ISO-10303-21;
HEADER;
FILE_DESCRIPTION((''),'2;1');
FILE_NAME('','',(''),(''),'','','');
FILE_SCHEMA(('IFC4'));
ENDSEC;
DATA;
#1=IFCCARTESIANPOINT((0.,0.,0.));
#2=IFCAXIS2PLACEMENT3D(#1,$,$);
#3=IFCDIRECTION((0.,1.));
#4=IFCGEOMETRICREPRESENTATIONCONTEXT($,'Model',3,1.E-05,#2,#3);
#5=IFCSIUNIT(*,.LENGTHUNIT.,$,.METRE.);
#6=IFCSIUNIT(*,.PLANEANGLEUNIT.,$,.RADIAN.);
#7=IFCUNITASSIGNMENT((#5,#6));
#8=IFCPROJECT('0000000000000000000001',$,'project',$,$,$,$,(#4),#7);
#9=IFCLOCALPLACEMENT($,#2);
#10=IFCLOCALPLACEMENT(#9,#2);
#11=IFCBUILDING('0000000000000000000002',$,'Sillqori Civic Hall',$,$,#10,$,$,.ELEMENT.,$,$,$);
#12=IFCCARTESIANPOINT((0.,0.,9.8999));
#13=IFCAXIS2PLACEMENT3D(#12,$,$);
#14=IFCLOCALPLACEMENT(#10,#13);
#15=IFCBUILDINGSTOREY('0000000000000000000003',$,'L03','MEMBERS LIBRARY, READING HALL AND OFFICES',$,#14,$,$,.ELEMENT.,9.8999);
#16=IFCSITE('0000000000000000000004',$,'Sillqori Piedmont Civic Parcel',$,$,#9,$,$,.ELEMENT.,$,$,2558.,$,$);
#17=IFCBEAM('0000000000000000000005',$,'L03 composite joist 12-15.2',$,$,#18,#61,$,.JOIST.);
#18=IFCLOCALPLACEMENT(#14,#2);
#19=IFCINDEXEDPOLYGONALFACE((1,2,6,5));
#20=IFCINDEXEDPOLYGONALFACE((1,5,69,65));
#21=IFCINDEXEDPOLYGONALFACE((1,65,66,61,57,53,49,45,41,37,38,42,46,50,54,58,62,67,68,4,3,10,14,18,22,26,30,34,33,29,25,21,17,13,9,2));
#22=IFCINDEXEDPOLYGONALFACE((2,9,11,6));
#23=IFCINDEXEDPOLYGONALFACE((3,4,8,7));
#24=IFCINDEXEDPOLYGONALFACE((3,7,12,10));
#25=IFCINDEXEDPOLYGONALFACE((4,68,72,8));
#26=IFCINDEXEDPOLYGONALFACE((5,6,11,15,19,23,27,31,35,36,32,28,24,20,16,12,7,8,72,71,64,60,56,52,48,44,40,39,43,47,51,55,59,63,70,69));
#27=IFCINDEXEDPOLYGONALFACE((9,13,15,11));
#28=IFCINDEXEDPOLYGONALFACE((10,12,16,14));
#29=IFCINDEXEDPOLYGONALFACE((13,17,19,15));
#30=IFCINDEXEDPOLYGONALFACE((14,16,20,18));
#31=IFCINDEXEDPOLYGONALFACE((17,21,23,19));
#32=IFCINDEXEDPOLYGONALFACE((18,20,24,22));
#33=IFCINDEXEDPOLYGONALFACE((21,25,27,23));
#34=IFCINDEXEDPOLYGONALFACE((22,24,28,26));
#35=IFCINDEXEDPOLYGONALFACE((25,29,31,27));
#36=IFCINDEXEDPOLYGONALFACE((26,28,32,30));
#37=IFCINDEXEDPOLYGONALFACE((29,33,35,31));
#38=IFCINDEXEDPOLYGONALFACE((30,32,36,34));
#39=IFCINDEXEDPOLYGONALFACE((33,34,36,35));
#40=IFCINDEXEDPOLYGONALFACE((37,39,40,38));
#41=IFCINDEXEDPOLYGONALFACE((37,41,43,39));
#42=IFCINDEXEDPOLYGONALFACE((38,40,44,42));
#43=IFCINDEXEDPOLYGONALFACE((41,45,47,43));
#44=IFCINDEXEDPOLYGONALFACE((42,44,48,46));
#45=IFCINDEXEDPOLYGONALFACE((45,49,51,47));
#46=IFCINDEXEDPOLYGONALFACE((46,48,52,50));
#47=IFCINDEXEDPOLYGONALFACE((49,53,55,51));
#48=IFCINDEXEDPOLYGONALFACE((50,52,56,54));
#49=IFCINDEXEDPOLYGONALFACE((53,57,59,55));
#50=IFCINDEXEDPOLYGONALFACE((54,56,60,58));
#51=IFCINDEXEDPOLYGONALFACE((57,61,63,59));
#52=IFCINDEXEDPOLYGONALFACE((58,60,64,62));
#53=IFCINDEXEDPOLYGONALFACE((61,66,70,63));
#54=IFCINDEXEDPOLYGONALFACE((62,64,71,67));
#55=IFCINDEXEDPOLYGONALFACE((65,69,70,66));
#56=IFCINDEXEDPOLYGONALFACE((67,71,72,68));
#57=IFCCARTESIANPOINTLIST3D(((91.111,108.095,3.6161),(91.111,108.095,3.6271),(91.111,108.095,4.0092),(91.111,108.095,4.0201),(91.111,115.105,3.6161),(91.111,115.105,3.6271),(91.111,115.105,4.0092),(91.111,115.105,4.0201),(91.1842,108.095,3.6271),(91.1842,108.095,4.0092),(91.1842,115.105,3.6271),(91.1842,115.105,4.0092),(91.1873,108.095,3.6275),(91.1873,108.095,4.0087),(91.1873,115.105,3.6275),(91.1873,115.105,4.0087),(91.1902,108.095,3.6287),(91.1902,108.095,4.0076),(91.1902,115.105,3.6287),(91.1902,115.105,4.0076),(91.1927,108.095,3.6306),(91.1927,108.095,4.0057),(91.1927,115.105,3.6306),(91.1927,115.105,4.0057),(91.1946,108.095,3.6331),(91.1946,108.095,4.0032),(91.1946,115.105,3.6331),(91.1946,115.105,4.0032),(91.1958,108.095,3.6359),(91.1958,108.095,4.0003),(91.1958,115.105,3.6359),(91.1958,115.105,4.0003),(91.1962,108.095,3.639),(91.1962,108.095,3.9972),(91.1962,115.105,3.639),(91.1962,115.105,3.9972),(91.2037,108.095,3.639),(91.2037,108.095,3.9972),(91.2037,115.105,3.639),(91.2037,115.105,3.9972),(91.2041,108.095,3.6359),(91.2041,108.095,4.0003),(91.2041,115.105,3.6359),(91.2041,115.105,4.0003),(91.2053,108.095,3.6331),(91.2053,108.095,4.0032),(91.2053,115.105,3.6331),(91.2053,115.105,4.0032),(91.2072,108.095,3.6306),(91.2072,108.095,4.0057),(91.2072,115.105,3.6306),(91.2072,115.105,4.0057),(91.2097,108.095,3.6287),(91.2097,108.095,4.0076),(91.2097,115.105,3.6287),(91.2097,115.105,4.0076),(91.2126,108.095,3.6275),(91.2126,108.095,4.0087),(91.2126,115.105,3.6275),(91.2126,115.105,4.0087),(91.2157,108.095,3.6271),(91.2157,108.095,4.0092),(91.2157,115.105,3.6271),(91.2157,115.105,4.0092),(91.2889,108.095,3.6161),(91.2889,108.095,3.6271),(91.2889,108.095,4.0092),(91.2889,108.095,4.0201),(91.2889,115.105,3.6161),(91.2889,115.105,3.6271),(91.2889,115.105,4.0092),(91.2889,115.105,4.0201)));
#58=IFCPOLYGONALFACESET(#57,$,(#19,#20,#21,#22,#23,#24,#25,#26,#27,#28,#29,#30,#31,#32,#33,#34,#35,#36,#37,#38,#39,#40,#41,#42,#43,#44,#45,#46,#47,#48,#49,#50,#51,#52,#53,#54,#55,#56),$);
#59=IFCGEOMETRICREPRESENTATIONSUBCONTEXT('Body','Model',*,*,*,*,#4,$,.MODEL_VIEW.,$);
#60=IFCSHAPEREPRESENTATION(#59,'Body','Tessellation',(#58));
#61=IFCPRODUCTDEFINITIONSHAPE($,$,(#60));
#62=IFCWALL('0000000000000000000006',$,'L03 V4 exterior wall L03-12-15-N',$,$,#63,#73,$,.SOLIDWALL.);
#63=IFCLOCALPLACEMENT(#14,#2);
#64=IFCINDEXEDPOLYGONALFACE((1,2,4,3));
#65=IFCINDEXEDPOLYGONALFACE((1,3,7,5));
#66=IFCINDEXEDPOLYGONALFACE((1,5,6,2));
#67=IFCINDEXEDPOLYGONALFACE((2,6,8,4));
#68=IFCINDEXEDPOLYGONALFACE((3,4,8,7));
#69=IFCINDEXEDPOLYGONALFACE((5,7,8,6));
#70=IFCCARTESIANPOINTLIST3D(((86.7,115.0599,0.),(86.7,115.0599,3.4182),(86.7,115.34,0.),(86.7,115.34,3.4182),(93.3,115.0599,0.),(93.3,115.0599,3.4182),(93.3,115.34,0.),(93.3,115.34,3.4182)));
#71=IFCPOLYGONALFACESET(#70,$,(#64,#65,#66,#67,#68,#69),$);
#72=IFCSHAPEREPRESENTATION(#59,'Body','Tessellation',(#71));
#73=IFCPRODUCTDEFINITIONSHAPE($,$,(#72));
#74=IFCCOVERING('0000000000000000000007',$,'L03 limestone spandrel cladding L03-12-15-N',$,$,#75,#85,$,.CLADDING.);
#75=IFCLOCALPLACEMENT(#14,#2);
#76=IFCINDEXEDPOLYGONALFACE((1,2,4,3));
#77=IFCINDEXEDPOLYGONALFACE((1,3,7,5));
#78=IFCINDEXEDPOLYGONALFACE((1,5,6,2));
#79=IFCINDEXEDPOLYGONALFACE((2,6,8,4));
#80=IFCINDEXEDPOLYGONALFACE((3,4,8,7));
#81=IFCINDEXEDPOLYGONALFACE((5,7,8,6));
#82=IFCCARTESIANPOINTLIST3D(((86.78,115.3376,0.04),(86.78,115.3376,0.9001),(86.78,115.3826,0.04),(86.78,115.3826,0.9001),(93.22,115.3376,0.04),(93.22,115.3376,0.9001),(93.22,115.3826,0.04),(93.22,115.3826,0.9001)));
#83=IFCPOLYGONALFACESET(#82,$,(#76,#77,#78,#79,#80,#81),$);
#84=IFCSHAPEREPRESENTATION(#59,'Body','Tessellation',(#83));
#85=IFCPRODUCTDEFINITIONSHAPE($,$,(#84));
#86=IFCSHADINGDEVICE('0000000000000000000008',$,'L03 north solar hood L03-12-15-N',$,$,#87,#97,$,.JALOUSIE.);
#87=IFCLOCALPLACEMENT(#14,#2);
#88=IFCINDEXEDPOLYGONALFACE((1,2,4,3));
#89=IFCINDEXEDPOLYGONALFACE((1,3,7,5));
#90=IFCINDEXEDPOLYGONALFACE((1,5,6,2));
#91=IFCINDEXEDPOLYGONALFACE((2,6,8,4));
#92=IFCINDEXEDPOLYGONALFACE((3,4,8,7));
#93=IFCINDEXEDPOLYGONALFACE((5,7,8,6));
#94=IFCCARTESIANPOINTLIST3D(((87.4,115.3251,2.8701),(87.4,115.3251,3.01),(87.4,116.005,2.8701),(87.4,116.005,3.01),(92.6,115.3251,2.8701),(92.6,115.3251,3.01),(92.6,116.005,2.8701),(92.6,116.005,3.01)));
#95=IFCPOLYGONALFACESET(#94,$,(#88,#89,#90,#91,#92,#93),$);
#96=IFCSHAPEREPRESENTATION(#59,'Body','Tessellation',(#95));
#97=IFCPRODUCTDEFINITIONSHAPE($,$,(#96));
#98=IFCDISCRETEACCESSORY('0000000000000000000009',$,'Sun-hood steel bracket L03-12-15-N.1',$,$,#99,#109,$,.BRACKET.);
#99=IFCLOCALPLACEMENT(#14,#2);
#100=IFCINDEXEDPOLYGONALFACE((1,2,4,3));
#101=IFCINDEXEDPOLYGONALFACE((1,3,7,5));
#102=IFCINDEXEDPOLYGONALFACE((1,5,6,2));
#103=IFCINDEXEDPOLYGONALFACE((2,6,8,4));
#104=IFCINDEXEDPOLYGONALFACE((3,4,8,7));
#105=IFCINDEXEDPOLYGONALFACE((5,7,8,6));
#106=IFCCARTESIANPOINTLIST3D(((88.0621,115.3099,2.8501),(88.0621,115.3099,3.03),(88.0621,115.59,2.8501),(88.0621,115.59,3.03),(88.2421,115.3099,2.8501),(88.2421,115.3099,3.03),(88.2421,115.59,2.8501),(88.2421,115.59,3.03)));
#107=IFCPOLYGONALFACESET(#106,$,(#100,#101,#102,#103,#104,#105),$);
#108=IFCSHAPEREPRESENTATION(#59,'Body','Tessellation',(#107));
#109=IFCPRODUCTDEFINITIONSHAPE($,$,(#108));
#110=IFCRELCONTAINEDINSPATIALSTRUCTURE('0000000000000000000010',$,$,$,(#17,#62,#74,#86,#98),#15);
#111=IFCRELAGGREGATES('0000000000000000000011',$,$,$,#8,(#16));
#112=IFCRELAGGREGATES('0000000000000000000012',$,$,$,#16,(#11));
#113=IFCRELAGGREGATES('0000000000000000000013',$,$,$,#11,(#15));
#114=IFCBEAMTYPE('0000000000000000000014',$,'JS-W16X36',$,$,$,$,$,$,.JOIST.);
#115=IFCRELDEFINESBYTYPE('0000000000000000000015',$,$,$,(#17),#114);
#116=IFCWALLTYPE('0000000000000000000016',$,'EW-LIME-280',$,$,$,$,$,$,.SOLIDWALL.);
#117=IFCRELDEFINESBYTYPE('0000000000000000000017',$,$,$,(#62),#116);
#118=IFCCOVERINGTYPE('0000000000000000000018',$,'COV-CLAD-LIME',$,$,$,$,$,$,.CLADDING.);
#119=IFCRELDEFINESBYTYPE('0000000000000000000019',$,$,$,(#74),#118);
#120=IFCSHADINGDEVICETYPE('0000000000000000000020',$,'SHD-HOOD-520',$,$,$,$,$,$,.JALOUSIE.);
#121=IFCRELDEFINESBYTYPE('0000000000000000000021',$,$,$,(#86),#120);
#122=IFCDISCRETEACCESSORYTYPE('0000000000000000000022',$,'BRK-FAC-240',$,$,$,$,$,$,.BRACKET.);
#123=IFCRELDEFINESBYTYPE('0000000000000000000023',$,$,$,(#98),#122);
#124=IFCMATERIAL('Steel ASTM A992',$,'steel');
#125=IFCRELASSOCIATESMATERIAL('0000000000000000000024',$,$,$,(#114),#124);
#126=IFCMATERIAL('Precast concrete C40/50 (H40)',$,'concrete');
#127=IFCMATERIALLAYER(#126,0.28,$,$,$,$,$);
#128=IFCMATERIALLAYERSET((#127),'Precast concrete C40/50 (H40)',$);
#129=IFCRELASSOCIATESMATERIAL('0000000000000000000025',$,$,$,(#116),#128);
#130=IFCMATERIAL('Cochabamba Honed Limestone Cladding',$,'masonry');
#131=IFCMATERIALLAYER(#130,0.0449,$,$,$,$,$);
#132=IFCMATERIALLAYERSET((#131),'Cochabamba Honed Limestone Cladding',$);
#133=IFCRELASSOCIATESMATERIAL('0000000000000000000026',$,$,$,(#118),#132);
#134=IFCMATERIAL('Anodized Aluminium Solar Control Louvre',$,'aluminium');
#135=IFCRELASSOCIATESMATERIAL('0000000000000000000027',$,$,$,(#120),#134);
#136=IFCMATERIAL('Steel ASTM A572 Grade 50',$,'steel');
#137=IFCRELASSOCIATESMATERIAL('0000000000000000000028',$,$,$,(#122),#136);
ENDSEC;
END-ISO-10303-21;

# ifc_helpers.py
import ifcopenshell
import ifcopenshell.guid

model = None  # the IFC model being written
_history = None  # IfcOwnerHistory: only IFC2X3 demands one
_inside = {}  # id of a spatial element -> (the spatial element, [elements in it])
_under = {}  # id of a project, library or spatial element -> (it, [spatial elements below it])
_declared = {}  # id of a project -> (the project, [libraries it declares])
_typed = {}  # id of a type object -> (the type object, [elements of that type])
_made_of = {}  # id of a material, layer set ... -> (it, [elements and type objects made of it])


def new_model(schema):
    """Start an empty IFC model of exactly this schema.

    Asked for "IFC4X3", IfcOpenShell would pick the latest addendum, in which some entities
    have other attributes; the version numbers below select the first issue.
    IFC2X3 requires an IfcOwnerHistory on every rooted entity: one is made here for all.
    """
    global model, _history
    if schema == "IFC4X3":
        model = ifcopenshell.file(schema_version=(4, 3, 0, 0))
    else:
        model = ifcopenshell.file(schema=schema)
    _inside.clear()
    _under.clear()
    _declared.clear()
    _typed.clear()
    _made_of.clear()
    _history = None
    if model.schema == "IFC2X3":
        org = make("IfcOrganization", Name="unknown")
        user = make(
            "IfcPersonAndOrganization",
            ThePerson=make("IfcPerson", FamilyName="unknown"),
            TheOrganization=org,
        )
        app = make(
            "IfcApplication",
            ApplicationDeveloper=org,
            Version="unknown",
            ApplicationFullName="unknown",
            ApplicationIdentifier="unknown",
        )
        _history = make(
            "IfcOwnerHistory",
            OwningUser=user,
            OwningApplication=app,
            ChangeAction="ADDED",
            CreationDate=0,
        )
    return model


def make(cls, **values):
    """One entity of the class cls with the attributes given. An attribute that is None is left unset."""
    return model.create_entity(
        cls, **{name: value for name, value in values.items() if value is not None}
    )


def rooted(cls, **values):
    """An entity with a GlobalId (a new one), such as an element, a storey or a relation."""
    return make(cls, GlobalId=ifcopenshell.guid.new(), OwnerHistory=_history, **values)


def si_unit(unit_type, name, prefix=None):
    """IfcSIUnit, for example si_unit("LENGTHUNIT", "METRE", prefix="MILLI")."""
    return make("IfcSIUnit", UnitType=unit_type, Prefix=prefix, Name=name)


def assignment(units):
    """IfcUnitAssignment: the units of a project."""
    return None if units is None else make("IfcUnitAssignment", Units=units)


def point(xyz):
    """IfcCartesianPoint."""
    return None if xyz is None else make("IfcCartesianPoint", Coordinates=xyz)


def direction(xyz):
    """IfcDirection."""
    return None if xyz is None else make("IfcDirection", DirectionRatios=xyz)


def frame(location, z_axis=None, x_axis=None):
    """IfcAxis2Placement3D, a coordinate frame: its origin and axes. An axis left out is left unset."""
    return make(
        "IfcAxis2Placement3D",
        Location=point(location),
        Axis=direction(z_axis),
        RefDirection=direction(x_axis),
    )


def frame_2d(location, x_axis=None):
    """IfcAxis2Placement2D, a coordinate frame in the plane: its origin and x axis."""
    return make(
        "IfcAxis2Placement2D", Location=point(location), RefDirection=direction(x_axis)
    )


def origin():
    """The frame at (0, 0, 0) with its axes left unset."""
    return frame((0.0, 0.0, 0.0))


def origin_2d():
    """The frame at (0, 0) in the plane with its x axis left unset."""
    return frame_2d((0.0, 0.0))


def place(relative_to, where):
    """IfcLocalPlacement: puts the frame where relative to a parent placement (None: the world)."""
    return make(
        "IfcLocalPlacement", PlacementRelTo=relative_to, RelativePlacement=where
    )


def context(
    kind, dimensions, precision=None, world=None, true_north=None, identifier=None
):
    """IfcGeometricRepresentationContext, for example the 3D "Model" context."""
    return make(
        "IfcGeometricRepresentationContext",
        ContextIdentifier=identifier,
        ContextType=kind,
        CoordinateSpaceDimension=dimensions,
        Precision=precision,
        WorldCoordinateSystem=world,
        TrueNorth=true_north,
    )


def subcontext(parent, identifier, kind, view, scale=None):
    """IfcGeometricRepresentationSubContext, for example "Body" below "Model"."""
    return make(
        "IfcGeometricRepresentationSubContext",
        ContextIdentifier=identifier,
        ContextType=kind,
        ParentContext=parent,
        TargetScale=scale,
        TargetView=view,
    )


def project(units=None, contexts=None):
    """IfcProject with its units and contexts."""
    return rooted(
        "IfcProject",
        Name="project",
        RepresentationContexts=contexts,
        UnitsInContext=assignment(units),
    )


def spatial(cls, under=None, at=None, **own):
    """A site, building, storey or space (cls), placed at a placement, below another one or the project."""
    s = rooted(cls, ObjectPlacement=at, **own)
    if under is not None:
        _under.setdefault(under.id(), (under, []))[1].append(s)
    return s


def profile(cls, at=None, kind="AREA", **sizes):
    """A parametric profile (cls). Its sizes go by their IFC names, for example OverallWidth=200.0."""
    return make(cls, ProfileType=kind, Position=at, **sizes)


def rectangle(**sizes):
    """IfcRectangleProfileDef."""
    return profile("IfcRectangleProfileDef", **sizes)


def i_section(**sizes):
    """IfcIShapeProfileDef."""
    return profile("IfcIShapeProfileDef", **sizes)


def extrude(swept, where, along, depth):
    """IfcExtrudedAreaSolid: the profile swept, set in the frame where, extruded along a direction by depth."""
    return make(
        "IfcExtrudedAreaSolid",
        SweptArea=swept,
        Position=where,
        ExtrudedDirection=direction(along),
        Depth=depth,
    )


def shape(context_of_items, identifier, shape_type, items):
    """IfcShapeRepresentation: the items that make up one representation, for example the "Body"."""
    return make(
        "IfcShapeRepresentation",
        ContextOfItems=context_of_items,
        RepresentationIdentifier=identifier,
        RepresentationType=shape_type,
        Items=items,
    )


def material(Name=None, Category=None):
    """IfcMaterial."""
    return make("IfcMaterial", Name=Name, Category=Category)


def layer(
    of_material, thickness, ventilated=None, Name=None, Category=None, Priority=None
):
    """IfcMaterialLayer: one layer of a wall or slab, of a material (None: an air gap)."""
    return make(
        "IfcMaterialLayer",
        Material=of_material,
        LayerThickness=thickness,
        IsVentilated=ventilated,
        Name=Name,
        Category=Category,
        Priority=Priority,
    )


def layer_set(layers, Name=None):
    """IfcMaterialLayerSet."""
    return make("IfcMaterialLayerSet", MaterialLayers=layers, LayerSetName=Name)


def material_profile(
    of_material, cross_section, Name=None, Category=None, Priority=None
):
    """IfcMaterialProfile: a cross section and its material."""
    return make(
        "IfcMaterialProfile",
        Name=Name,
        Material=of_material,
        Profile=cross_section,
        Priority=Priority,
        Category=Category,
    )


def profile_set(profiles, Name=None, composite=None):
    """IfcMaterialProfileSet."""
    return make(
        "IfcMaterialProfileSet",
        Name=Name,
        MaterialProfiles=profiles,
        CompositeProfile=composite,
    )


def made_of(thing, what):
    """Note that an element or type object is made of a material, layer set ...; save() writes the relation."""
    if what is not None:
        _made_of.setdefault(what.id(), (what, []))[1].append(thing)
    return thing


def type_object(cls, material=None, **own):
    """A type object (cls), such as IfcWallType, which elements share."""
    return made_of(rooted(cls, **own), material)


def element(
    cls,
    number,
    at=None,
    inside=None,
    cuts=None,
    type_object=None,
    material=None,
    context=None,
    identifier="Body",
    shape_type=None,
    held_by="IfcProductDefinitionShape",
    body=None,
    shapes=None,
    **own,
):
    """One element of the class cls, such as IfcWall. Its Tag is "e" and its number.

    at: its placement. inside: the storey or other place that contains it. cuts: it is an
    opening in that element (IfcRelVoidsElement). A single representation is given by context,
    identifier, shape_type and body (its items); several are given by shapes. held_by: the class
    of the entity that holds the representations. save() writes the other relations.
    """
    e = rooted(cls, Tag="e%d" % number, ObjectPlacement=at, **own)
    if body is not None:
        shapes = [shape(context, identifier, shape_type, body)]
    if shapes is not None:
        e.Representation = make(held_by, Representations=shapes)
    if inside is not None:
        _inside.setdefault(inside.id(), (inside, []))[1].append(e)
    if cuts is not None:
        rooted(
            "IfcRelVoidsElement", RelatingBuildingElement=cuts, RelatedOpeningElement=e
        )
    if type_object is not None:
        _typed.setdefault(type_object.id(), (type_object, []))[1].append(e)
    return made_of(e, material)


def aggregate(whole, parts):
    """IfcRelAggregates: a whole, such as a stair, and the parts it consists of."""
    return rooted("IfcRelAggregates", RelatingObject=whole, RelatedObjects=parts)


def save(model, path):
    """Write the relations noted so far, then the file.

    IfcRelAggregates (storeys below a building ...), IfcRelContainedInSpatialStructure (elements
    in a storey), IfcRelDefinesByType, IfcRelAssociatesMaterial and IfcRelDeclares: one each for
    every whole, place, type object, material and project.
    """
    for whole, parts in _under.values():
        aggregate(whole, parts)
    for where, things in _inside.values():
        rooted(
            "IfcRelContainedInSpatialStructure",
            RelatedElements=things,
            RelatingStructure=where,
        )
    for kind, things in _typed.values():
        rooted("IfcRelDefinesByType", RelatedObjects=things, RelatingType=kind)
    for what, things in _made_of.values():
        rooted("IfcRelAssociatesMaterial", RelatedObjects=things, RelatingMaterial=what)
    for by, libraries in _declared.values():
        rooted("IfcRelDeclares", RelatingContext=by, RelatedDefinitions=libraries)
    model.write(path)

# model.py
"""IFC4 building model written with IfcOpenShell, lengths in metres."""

from ifc_helpers import new_model, si_unit, direction, frame, frame_2d, origin, origin_2d, place, context, subcontext, project, spatial, rectangle, i_section, extrude, material, layer, layer_set, material_profile, profile_set, type_object, element, save


model = new_model("IFC4")

# Units and contexts
model_context = context("Model", 3, precision=1e-05, world=origin(), true_north=direction((0.0, 1.0)))
body_context = subcontext(model_context, "Body", "Model", "MODEL_VIEW")
ifc_project = project(units=[si_unit("LENGTHUNIT", "METRE"), si_unit("PLANEANGLEUNIT", "RADIAN")], contexts=[model_context])

# Site, building, storey
site_placement = place(None, origin())
site = spatial("IfcSite", under=ifc_project, at=site_placement, Name="Sillqori Piedmont Civic Parcel", CompositionType="ELEMENT", RefElevation=2558.0)
building_placement = place(site_placement, origin())
building = spatial("IfcBuilding", under=site, at=building_placement, Name="Sillqori Civic Hall", CompositionType="ELEMENT")
storey_placement = place(building_placement, frame((0.0, 0.0, 9.8999)))
storey = spatial("IfcBuildingStorey", under=building, at=storey_placement, Name="L03", Description="MEMBERS LIBRARY, READING HALL AND OFFICES", CompositionType="ELEMENT", Elevation=9.8999)

# Beam
ifc_material_1 = material(Name="Steel ASTM A992", Category="steel")
ifc_material_profile_1 = material_profile(ifc_material_1, i_section(OverallWidth=0.178, OverallDepth=0.4041, WebThickness=0.0076, FlangeThickness=0.011, FilletRadius=0.012, at=origin_2d()), Name="W16X36")
ifc_profile_set_1 = profile_set([ifc_material_profile_1], Name="Steel ASTM A992")
beam_type_1 = type_object("IfcBeamType", Name="JS-W16X36", PredefinedType="JOIST", material=ifc_profile_set_1)
for number, where, z_axis, x_axis, name in (
    (1, (91.2, 108.095, 3.8181), (0.0, 1.0, 0.0), (-1.0, 0.0, 0.0), "L03 composite joist 12-15.2"),
):
    element("IfcBeam", number, at=place(storey_placement, frame(where, z_axis=z_axis, x_axis=x_axis)), inside=storey, type_object=beam_type_1, Name=name, PredefinedType="JOIST", context=body_context, shape_type="SweptSolid", body=[
        extrude(i_section(OverallWidth=0.178, OverallDepth=0.4041, WebThickness=0.0076, FlangeThickness=0.011, FilletRadius=0.012, at=origin_2d()), origin(), (0.0, 0.0, 1.0), 7.01),
    ])

# Wall
ifc_material_2 = material(Name="Precast concrete C40/50 (H40)", Category="concrete")
ifc_layer_1 = layer(ifc_material_2, 0.28)
ifc_layer_set_1 = layer_set([ifc_layer_1], Name="Precast concrete C40/50 (H40)")
wall_type = type_object("IfcWallType", Name="EW-LIME-280", PredefinedType="SOLIDWALL", material=ifc_layer_set_1)
wall_placement = place(storey_placement, frame((86.7, 115.2, 0.0), z_axis=(0.0, 0.0, 1.0), x_axis=(1.0, 0.0, 0.0)))
element("IfcWall", 2, at=wall_placement, inside=storey, type_object=wall_type, Name="L03 V4 exterior wall L03-12-15-N", PredefinedType="SOLIDWALL", context=body_context, shape_type="SweptSolid", body=[
    extrude(rectangle(XDim=6.6001, YDim=0.28, at=frame_2d((3.3, 0.0))), origin(), (0.0, 0.0, 1.0), 3.4182),
])

# Covering
ifc_material_3 = material(Name="Cochabamba Honed Limestone Cladding", Category="masonry")
ifc_layer_2 = layer(ifc_material_3, 0.0449)
ifc_layer_set_2 = layer_set([ifc_layer_2], Name="Cochabamba Honed Limestone Cladding")
covering_type = type_object("IfcCoveringType", Name="COV-CLAD-LIME", PredefinedType="CLADDING", material=ifc_layer_set_2)
covering_placement = place(storey_placement, frame((86.78, 115.3601, 0.04), z_axis=(0.0, 0.0, 1.0), x_axis=(1.0, 0.0, 0.0)))
element("IfcCovering", 3, at=covering_placement, inside=storey, type_object=covering_type, Name="L03 limestone spandrel cladding L03-12-15-N", PredefinedType="CLADDING", context=body_context, shape_type="SweptSolid", body=[
    extrude(rectangle(XDim=6.4399, YDim=0.0449, at=frame_2d((3.22, 0.0))), origin(), (0.0, 0.0, 1.0), 0.8601),
])

# Shading device
ifc_material_4 = material(Name="Anodized Aluminium Solar Control Louvre", Category="aluminium")
shading_device_type = type_object("IfcShadingDeviceType", Name="SHD-HOOD-520", PredefinedType="JALOUSIE", material=ifc_material_4)
shading_device_placement = place(storey_placement, frame((90.0, 115.665, 2.8701), z_axis=(0.0, 0.0, 1.0), x_axis=(1.0, 0.0, 0.0)))
element("IfcShadingDevice", 4, at=shading_device_placement, inside=storey, type_object=shading_device_type, Name="L03 north solar hood L03-12-15-N", PredefinedType="JALOUSIE", context=body_context, shape_type="SweptSolid", body=[
    extrude(rectangle(XDim=5.2, YDim=0.6799, at=origin_2d()), origin(), (0.0, 0.0, 1.0), 0.1399),
])

# Discrete accessory
ifc_material_5 = material(Name="Steel ASTM A572 Grade 50", Category="steel")
discrete_accessory_type = type_object("IfcDiscreteAccessoryType", Name="BRK-FAC-240", PredefinedType="BRACKET", material=ifc_material_5)
discrete_accessory_placement = place(storey_placement, frame((88.1521, 115.45, 2.8501), z_axis=(0.0, 0.0, 1.0), x_axis=(1.0, 0.0, 0.0)))
element("IfcDiscreteAccessory", 5, at=discrete_accessory_placement, inside=storey, type_object=discrete_accessory_type, Name="Sun-hood steel bracket L03-12-15-N.1", PredefinedType="BRACKET", context=body_context, shape_type="SweptSolid", body=[
    extrude(rectangle(XDim=0.1799, YDim=0.28, at=origin_2d()), origin(), (0.0, 0.0, 1.0), 0.1799),
])

save(model, "model.ifc")
